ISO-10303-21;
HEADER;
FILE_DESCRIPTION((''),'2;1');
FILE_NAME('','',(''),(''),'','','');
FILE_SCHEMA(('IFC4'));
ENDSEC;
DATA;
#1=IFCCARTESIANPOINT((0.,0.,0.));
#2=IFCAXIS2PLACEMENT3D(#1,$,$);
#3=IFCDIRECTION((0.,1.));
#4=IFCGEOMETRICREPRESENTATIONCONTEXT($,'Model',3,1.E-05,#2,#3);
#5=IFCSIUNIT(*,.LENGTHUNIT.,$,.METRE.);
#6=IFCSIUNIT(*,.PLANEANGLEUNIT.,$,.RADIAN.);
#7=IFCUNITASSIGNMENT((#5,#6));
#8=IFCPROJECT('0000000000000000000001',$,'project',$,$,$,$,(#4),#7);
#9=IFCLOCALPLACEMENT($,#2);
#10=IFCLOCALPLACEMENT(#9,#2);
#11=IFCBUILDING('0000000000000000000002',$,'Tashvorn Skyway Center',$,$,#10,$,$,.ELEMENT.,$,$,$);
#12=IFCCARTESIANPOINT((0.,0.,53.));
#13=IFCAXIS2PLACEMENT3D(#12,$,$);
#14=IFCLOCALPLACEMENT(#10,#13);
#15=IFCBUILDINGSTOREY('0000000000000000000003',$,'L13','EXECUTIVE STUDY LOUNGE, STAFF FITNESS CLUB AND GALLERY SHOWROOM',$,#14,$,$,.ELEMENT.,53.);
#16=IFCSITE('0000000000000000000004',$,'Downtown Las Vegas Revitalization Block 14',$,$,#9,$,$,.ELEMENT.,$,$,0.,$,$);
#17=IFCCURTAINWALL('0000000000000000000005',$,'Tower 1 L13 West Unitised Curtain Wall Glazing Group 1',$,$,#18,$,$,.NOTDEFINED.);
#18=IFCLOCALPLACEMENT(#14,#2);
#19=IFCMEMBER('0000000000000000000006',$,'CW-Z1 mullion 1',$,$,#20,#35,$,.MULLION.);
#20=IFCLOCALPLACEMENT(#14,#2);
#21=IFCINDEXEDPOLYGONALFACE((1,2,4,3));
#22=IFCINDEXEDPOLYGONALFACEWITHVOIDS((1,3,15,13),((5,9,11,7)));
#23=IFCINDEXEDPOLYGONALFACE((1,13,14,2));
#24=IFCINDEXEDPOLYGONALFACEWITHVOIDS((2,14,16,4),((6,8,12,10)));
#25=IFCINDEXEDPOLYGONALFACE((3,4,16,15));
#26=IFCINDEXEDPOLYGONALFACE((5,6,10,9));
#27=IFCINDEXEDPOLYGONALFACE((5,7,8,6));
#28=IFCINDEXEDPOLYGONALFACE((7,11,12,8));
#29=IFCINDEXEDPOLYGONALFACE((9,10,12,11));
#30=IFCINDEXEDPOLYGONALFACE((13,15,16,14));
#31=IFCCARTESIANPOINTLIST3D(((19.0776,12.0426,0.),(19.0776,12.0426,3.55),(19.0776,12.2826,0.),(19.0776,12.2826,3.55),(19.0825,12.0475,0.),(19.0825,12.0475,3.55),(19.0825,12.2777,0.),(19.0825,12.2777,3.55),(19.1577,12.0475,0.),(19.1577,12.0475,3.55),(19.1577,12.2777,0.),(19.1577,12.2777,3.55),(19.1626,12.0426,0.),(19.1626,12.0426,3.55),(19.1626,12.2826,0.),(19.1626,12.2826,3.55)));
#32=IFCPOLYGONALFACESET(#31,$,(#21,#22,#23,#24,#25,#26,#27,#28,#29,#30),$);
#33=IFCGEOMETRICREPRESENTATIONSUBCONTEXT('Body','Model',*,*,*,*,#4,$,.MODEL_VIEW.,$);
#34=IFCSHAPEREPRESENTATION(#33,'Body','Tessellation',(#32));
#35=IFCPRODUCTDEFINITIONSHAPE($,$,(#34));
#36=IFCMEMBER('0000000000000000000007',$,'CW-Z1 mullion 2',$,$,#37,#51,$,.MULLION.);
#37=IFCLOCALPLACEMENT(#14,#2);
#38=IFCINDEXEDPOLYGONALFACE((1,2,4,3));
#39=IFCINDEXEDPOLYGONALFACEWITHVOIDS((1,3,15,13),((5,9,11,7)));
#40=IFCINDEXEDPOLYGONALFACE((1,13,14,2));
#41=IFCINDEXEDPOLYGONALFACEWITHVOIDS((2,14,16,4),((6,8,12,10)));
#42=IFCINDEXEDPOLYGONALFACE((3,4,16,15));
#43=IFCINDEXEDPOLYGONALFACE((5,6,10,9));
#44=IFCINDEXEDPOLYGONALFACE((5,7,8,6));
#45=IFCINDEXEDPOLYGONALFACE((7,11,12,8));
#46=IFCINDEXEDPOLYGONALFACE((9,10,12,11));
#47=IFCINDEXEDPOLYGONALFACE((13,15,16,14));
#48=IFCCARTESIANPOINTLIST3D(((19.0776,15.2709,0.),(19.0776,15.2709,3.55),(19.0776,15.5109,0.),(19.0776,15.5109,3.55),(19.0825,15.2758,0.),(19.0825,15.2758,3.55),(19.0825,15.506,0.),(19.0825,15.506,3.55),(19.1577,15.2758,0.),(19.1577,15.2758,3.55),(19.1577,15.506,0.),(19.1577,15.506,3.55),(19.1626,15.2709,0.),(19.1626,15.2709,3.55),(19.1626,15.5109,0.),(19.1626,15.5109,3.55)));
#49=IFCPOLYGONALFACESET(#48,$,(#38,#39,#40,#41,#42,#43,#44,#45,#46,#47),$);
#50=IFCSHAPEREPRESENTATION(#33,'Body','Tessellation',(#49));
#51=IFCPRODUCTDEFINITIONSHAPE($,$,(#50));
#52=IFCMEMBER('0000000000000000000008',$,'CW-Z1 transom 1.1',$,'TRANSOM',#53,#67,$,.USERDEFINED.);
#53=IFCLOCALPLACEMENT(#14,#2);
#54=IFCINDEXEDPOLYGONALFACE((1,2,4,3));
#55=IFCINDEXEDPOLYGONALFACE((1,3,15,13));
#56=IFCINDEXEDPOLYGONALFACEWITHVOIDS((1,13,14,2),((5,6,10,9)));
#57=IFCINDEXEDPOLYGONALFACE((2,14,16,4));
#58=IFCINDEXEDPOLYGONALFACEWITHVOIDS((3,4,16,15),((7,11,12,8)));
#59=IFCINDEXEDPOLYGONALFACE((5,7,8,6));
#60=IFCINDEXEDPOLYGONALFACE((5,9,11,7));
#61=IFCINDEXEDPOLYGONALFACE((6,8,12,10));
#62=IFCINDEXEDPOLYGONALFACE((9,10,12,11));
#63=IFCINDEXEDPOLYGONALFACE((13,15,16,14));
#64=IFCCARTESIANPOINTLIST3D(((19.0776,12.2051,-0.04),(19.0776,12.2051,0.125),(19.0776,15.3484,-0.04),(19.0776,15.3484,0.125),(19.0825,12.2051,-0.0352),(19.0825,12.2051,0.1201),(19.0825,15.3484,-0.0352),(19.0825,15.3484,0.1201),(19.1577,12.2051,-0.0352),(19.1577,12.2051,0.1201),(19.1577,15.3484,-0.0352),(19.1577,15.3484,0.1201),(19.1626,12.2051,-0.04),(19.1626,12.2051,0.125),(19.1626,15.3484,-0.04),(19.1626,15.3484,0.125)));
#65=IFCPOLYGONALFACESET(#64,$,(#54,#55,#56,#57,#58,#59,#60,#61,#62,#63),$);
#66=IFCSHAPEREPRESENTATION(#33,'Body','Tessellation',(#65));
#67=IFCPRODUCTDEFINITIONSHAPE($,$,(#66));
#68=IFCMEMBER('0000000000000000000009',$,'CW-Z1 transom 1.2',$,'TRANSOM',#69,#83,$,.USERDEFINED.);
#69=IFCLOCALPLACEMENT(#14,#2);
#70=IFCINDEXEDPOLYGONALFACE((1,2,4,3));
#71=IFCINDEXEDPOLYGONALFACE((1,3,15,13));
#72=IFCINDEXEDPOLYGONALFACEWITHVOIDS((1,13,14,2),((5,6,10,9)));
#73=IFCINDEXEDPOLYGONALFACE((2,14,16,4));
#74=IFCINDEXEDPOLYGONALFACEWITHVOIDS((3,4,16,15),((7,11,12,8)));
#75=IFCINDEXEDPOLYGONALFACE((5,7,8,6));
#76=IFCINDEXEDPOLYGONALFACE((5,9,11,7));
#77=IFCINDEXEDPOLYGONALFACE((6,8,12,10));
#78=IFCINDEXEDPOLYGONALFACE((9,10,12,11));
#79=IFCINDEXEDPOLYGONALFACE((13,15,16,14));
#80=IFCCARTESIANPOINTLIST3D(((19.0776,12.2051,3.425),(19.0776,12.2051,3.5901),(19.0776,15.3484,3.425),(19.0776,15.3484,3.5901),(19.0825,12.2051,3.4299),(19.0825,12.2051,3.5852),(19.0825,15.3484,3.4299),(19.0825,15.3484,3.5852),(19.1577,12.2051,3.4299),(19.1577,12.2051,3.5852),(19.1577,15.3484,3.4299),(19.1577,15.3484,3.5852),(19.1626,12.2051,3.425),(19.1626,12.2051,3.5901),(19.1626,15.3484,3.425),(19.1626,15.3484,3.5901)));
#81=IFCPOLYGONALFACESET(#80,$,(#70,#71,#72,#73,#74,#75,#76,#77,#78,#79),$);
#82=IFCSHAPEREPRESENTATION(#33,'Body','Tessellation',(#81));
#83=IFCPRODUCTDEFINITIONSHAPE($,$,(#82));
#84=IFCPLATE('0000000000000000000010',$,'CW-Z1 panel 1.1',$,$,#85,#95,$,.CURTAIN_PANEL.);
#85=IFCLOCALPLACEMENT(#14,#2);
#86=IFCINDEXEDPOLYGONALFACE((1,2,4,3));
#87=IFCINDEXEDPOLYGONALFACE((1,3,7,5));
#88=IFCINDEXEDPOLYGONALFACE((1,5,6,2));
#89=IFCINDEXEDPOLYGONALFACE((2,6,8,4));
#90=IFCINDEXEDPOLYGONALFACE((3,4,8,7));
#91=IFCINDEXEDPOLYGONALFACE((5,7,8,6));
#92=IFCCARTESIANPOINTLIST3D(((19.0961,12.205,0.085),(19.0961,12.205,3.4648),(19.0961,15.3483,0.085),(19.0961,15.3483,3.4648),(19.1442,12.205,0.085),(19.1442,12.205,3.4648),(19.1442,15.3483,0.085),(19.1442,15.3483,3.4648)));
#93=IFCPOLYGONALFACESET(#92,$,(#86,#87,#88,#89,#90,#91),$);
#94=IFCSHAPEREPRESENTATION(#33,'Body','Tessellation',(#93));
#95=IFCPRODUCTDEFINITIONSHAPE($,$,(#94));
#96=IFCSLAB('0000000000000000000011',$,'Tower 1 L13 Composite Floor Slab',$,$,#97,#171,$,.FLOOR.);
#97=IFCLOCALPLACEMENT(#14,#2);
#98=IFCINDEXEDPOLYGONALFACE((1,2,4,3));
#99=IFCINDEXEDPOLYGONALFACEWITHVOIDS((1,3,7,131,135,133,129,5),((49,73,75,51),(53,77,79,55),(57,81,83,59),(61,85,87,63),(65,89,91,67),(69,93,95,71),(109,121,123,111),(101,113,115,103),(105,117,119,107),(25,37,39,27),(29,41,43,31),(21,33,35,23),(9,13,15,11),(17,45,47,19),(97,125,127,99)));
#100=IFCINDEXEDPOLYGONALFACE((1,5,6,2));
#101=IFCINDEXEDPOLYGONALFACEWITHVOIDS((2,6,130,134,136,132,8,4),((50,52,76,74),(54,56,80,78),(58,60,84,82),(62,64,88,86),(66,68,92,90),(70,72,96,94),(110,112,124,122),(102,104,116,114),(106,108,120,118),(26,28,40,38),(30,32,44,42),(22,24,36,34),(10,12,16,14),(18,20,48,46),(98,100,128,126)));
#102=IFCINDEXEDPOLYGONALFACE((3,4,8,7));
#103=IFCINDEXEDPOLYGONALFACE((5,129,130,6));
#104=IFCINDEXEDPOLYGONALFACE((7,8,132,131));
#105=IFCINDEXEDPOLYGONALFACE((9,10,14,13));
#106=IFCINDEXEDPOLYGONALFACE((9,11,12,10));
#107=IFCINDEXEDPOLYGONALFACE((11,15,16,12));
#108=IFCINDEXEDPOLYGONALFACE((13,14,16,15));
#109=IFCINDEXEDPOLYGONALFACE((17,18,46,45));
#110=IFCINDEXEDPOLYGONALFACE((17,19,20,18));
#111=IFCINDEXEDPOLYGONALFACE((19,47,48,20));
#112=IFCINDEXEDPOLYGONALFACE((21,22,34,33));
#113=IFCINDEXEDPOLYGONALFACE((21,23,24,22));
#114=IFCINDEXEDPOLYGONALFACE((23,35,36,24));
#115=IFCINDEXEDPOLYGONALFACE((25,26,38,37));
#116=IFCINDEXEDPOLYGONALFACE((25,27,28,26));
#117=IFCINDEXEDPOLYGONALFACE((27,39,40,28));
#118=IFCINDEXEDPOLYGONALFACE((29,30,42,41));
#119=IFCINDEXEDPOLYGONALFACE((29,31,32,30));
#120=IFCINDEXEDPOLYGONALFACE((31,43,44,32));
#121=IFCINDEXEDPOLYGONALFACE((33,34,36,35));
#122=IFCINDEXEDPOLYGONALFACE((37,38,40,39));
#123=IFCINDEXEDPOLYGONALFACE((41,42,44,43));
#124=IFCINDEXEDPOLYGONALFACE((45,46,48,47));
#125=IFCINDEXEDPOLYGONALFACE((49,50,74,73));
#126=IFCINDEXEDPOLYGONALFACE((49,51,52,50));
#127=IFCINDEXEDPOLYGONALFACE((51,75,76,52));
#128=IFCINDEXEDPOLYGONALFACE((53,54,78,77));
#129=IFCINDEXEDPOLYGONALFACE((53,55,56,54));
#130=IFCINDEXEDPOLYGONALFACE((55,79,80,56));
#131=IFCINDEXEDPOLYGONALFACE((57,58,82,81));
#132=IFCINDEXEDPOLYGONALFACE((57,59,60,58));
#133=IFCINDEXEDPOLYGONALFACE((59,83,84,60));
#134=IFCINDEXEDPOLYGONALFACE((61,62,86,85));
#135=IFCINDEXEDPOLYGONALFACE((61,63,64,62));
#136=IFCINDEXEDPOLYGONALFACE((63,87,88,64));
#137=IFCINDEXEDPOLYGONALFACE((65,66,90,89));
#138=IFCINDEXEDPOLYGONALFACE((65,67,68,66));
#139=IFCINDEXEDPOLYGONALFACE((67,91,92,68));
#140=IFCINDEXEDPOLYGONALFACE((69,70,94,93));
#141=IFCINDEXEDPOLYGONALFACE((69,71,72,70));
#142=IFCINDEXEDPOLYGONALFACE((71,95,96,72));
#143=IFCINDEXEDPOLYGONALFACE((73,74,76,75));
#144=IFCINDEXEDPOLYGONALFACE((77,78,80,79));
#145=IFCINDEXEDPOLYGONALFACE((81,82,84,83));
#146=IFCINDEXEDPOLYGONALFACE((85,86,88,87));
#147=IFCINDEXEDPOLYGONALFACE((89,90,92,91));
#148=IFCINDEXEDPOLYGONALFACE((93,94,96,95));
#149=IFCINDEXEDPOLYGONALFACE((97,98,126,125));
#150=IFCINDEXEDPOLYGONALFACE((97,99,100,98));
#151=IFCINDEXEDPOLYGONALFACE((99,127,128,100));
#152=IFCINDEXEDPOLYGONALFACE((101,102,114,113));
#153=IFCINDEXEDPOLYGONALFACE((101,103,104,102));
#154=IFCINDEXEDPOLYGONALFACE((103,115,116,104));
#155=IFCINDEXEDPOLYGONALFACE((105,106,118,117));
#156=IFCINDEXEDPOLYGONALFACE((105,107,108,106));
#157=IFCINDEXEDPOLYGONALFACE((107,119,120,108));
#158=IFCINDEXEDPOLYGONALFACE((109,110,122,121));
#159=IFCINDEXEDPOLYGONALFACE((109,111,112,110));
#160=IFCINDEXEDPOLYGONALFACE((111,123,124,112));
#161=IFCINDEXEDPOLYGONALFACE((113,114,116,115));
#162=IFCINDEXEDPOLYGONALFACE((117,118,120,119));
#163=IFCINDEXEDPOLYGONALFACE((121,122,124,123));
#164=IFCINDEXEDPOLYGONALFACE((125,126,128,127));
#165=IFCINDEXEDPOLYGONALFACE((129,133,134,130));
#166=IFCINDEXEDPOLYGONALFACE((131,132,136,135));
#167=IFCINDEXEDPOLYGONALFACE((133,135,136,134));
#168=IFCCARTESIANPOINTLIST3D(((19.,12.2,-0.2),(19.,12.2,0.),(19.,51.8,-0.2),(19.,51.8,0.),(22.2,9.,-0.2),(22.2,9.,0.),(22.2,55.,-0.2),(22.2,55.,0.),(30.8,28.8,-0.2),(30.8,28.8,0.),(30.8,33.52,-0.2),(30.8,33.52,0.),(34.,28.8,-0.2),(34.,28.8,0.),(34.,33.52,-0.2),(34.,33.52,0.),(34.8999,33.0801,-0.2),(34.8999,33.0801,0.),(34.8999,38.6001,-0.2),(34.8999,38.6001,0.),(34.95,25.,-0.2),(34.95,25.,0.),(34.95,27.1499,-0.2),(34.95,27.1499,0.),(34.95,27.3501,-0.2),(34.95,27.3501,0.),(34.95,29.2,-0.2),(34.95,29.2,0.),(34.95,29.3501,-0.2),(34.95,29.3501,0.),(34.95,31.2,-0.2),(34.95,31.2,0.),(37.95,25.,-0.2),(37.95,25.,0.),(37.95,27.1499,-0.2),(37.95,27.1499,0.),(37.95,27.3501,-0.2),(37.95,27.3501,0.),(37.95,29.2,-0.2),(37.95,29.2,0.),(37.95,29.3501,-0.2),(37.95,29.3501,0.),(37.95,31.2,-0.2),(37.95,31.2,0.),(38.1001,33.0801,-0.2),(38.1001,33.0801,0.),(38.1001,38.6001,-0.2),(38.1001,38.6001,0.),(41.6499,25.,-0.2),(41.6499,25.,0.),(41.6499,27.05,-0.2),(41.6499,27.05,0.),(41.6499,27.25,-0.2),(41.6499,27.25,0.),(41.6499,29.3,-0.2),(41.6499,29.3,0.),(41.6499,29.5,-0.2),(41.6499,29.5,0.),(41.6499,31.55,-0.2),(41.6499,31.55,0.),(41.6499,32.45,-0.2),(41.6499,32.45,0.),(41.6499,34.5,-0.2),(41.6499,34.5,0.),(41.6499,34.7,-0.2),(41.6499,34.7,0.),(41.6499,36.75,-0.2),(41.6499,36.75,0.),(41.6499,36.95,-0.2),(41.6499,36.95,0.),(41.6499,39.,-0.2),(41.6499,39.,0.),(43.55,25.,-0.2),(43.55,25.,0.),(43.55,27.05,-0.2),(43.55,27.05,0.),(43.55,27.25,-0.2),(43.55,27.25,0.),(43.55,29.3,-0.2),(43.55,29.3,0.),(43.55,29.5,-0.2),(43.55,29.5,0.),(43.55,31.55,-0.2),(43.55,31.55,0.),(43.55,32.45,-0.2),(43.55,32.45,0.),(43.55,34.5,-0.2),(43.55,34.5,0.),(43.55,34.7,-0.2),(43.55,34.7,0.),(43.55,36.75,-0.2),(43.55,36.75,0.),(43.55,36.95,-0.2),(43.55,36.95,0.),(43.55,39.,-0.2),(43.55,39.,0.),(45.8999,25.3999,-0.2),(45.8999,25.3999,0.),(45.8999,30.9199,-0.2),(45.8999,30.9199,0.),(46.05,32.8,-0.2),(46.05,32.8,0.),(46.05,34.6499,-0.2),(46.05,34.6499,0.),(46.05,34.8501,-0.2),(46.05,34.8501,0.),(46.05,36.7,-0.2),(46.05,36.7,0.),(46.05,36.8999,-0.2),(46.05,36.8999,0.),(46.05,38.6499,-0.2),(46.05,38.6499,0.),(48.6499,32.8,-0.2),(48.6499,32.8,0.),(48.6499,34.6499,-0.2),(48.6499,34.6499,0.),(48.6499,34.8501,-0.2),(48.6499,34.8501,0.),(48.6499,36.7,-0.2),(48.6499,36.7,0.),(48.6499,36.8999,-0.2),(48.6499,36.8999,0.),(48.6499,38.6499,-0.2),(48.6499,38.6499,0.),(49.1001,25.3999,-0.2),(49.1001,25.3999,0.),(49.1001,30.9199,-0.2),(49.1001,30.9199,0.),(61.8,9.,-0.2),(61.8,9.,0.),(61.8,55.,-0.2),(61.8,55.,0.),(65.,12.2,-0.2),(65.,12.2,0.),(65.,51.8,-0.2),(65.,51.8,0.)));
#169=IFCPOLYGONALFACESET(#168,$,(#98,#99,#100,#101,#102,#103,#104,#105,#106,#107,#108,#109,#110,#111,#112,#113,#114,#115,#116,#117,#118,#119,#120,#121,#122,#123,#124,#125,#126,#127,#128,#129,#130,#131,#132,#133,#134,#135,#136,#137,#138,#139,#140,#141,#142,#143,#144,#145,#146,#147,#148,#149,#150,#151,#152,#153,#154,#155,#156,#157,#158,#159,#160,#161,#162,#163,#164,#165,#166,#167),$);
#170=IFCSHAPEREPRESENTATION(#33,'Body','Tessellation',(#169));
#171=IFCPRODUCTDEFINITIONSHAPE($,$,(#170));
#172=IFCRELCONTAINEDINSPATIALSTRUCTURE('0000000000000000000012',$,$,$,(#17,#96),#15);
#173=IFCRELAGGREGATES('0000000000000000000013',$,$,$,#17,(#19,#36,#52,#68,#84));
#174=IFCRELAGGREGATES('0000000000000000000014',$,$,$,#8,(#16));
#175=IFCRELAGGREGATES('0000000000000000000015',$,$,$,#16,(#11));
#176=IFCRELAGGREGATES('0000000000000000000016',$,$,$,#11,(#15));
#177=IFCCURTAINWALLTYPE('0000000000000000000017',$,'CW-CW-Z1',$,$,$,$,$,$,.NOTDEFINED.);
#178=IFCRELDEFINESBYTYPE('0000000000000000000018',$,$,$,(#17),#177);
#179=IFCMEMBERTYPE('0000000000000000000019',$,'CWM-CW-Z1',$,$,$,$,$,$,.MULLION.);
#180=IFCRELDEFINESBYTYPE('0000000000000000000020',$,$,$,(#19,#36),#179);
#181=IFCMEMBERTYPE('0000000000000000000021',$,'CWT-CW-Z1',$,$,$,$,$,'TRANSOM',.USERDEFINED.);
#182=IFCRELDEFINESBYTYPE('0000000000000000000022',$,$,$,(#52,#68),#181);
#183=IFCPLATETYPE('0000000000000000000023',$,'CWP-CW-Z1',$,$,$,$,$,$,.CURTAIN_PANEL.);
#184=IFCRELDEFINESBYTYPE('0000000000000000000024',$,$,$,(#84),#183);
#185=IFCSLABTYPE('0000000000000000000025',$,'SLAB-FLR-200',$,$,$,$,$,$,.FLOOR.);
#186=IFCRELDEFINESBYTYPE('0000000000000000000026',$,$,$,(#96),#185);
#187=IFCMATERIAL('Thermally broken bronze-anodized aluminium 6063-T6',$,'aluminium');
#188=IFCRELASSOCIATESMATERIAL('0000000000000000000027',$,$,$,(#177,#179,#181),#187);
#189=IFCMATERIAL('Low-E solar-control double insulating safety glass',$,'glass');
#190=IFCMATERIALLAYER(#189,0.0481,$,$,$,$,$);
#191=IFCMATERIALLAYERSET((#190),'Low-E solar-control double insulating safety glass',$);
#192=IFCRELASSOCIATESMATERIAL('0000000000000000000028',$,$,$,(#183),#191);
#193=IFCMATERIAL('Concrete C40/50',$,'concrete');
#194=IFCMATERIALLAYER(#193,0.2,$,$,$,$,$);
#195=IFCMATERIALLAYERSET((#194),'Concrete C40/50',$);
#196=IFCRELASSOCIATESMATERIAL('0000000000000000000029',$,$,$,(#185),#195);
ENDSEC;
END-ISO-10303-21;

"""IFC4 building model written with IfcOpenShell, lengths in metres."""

from ifc_helpers import new_model, si_unit, direction, frame, origin, origin_2d, place, context, subcontext, project, spatial, polyline, rectangle, hollow_rectangle, outline, extrude, material, layer, layer_set, material_profile, profile_set, type_object, element, aggregate, save


model = new_model("IFC4")

# Units and contexts
model_context = context("Model", 3, precision=1e-05, world=origin(), true_north=direction((0.0, 1.0)))
body_context = subcontext(model_context, "Body", "Model", "MODEL_VIEW")
ifc_project = project(units=[si_unit("LENGTHUNIT", "METRE"), si_unit("PLANEANGLEUNIT", "RADIAN")], contexts=[model_context])

# Site, building, storey
site_placement = place(None, origin())
site = spatial("IfcSite", under=ifc_project, at=site_placement, Name="Downtown Las Vegas Revitalization Block 14", CompositionType="ELEMENT", RefElevation=0.0)
building_placement = place(site_placement, origin())
building = spatial("IfcBuilding", under=site, at=building_placement, Name="Tashvorn Skyway Center", CompositionType="ELEMENT")
storey_placement = place(building_placement, frame((0.0, 0.0, 53.0)))
storey = spatial("IfcBuildingStorey", under=building, at=storey_placement, Name="L13", Description="EXECUTIVE STUDY LOUNGE, STAFF FITNESS CLUB AND GALLERY SHOWROOM", CompositionType="ELEMENT", Elevation=53.0)

# Curtain wall, members, plate
ifc_material_1 = material(Name="Thermally broken bronze-anodized aluminium 6063-T6", Category="aluminium")
curtain_wall_type = type_object("IfcCurtainWallType", Name="CW-CW-Z1", PredefinedType="NOTDEFINED", material=ifc_material_1)
curtain_wall_placement = place(storey_placement, origin())
curtain_wall = element("IfcCurtainWall", 1, at=curtain_wall_placement, inside=storey, type_object=curtain_wall_type, Name="Tower 1 L13 West Unitised Curtain Wall Glazing Group 1", PredefinedType="NOTDEFINED")
ifc_material_profile_1 = material_profile(ifc_material_1, hollow_rectangle(XDim=0.085, YDim=0.24, WallThickness=0.0049, at=origin_2d()), Name="ALU-MULL-85x240")
ifc_profile_set_1 = profile_set([ifc_material_profile_1], Name="Thermally broken bronze-anodized aluminium 6063-T6")
member_type_1 = type_object("IfcMemberType", Name="CWM-CW-Z1", PredefinedType="MULLION", material=ifc_profile_set_1)
member_1_placement = place(storey_placement, frame((19.1201, 12.1626, 0.0), z_axis=(0.0, 0.0, 1.0), x_axis=(-1.0, 0.0, 0.0)))
member_1 = element("IfcMember", 2, at=member_1_placement, type_object=member_type_1, Name="CW-Z1 mullion 1", PredefinedType="MULLION", context=body_context, shape_type="SweptSolid", body=[
    extrude(hollow_rectangle(XDim=0.085, YDim=0.24, WallThickness=0.0049, at=origin_2d()), origin(), (0.0, 0.0, 1.0), 3.55),
])
member_2_placement = place(storey_placement, frame((19.1201, 15.3909, 0.0), z_axis=(0.0, 0.0, 1.0), x_axis=(-1.0, 0.0, 0.0)))
member_2 = element("IfcMember", 3, at=member_2_placement, type_object=member_type_1, Name="CW-Z1 mullion 2", PredefinedType="MULLION", context=body_context, shape_type="SweptSolid", body=[
    extrude(hollow_rectangle(XDim=0.085, YDim=0.24, WallThickness=0.0049, at=origin_2d()), origin(), (0.0, 0.0, 1.0), 3.55),
])
ifc_material_profile_2 = material_profile(ifc_material_1, hollow_rectangle(XDim=0.085, YDim=0.165, WallThickness=0.0049, at=origin_2d()), Name="ALU-TRAN-85x165")
ifc_profile_set_2 = profile_set([ifc_material_profile_2], Name="Thermally broken bronze-anodized aluminium 6063-T6")
member_type_2 = type_object("IfcMemberType", Name="CWT-CW-Z1", ElementType="TRANSOM", PredefinedType="USERDEFINED", material=ifc_profile_set_2)
member_3_placement = place(storey_placement, frame((19.1201, 12.2051, 0.0425), z_axis=(0.0, 1.0, 0.0), x_axis=(-1.0, 0.0, 0.0)))
member_3 = element("IfcMember", 4, at=member_3_placement, type_object=member_type_2, Name="CW-Z1 transom 1.1", ObjectType="TRANSOM", PredefinedType="USERDEFINED", context=body_context, shape_type="SweptSolid", body=[
    extrude(hollow_rectangle(XDim=0.085, YDim=0.165, WallThickness=0.0049, at=origin_2d()), origin(), (0.0, 0.0, 1.0), 3.1433),
])
member_4_placement = place(storey_placement, frame((19.1201, 12.2051, 3.5076), z_axis=(0.0, 1.0, 0.0), x_axis=(-1.0, 0.0, 0.0)))
member_4 = element("IfcMember", 5, at=member_4_placement, type_object=member_type_2, Name="CW-Z1 transom 1.2", ObjectType="TRANSOM", PredefinedType="USERDEFINED", context=body_context, shape_type="SweptSolid", body=[
    extrude(hollow_rectangle(XDim=0.085, YDim=0.165, WallThickness=0.0049, at=origin_2d()), origin(), (0.0, 0.0, 1.0), 3.1433),
])
ifc_material_2 = material(Name="Low-E solar-control double insulating safety glass", Category="glass")
ifc_layer_1 = layer(ifc_material_2, 0.0481)
ifc_layer_set_1 = layer_set([ifc_layer_1], Name="Low-E solar-control double insulating safety glass")
plate_type = type_object("IfcPlateType", Name="CWP-CW-Z1", PredefinedType="CURTAIN_PANEL", material=ifc_layer_set_1)
plate_placement = place(storey_placement, frame((19.1201, 13.7766, 0.085), z_axis=(0.0, 0.0, 1.0), x_axis=(0.0, 1.0, 0.0)))
plate = element("IfcPlate", 6, at=plate_placement, type_object=plate_type, Name="CW-Z1 panel 1.1", PredefinedType="CURTAIN_PANEL", context=body_context, shape_type="SweptSolid", body=[
    extrude(rectangle(XDim=3.1433, YDim=0.0481, at=origin_2d()), origin(), (0.0, 0.0, 1.0), 3.3799),
])
aggregate(curtain_wall, [member_1, member_2, member_3, member_4, plate])

# Slab
ifc_material_3 = material(Name="Concrete C40/50", Category="concrete")
ifc_layer_2 = layer(ifc_material_3, 0.2)
ifc_layer_set_2 = layer_set([ifc_layer_2], Name="Concrete C40/50")
slab_type_1 = type_object("IfcSlabType", Name="SLAB-FLR-200", PredefinedType="FLOOR", material=ifc_layer_set_2)
slab_1_placement = place(storey_placement, frame((0.0, 0.0, -0.2)))
element("IfcSlab", 7, at=slab_1_placement, inside=storey, type_object=slab_type_1, Name="Tower 1 L13 Composite Floor Slab", PredefinedType="FLOOR", context=body_context, shape_type="SweptSolid", body=[
    extrude(outline(polyline([(22.2, 9.0), (61.8, 9.0), (65.0, 12.2), (65.0, 51.8), (61.8, 55.0), (22.2, 55.0), (19.0, 51.8), (19.0, 12.2), (22.2, 9.0)]), holes=[polyline([(38.1001, 33.0801), (38.1001, 38.6001), (34.8999, 38.6001), (34.8999, 33.0801), (38.1001, 33.0801)]), polyline([(45.8999, 30.9199), (45.8999, 25.3999), (49.1001, 25.3999), (49.1001, 30.9199), (45.8999, 30.9199)]), polyline([(30.8, 33.52), (30.8, 28.8), (34.0, 28.8), (34.0, 33.52), (30.8, 33.52)]), polyline([(34.95, 29.3501), (37.95, 29.3501), (37.95, 31.2), (34.95, 31.2), (34.95, 29.3501)]), polyline([(34.95, 27.3501), (37.95, 27.3501), (37.95, 29.2), (34.95, 29.2), (34.95, 27.3501)]), polyline([(34.95, 25.0), (37.95, 25.0), (37.95, 27.1499), (34.95, 27.1499), (34.95, 25.0)]), polyline([(41.6499, 25.0), (43.55, 25.0), (43.55, 27.05), (41.6499, 27.05), (41.6499, 25.0)]), polyline([(41.6499, 27.25), (43.55, 27.25), (43.55, 29.3), (41.6499, 29.3), (41.6499, 27.25)]), polyline([(41.6499, 29.5), (43.55, 29.5), (43.55, 31.55), (41.6499, 31.55), (41.6499, 29.5)]), polyline([(41.6499, 32.45), (43.55, 32.45), (43.55, 34.5), (41.6499, 34.5), (41.6499, 32.45)]), polyline([(41.6499, 34.7), (43.55, 34.7), (43.55, 36.75), (41.6499, 36.75), (41.6499, 34.7)]), polyline([(41.6499, 36.95), (43.55, 36.95), (43.55, 39.0), (41.6499, 39.0), (41.6499, 36.95)]), polyline([(46.05, 32.8), (48.6499, 32.8), (48.6499, 34.6499), (46.05, 34.6499), (46.05, 32.8)]), polyline([(46.05, 34.8501), (48.6499, 34.8501), (48.6499, 36.7), (46.05, 36.7), (46.05, 34.8501)]), polyline([(46.05, 36.8999), (48.6499, 36.8999), (48.6499, 38.6499), (46.05, 38.6499), (46.05, 36.8999)])]), origin(), (0.0, 0.0, 1.0), 0.2),
])

save(model, "model.ifc")
